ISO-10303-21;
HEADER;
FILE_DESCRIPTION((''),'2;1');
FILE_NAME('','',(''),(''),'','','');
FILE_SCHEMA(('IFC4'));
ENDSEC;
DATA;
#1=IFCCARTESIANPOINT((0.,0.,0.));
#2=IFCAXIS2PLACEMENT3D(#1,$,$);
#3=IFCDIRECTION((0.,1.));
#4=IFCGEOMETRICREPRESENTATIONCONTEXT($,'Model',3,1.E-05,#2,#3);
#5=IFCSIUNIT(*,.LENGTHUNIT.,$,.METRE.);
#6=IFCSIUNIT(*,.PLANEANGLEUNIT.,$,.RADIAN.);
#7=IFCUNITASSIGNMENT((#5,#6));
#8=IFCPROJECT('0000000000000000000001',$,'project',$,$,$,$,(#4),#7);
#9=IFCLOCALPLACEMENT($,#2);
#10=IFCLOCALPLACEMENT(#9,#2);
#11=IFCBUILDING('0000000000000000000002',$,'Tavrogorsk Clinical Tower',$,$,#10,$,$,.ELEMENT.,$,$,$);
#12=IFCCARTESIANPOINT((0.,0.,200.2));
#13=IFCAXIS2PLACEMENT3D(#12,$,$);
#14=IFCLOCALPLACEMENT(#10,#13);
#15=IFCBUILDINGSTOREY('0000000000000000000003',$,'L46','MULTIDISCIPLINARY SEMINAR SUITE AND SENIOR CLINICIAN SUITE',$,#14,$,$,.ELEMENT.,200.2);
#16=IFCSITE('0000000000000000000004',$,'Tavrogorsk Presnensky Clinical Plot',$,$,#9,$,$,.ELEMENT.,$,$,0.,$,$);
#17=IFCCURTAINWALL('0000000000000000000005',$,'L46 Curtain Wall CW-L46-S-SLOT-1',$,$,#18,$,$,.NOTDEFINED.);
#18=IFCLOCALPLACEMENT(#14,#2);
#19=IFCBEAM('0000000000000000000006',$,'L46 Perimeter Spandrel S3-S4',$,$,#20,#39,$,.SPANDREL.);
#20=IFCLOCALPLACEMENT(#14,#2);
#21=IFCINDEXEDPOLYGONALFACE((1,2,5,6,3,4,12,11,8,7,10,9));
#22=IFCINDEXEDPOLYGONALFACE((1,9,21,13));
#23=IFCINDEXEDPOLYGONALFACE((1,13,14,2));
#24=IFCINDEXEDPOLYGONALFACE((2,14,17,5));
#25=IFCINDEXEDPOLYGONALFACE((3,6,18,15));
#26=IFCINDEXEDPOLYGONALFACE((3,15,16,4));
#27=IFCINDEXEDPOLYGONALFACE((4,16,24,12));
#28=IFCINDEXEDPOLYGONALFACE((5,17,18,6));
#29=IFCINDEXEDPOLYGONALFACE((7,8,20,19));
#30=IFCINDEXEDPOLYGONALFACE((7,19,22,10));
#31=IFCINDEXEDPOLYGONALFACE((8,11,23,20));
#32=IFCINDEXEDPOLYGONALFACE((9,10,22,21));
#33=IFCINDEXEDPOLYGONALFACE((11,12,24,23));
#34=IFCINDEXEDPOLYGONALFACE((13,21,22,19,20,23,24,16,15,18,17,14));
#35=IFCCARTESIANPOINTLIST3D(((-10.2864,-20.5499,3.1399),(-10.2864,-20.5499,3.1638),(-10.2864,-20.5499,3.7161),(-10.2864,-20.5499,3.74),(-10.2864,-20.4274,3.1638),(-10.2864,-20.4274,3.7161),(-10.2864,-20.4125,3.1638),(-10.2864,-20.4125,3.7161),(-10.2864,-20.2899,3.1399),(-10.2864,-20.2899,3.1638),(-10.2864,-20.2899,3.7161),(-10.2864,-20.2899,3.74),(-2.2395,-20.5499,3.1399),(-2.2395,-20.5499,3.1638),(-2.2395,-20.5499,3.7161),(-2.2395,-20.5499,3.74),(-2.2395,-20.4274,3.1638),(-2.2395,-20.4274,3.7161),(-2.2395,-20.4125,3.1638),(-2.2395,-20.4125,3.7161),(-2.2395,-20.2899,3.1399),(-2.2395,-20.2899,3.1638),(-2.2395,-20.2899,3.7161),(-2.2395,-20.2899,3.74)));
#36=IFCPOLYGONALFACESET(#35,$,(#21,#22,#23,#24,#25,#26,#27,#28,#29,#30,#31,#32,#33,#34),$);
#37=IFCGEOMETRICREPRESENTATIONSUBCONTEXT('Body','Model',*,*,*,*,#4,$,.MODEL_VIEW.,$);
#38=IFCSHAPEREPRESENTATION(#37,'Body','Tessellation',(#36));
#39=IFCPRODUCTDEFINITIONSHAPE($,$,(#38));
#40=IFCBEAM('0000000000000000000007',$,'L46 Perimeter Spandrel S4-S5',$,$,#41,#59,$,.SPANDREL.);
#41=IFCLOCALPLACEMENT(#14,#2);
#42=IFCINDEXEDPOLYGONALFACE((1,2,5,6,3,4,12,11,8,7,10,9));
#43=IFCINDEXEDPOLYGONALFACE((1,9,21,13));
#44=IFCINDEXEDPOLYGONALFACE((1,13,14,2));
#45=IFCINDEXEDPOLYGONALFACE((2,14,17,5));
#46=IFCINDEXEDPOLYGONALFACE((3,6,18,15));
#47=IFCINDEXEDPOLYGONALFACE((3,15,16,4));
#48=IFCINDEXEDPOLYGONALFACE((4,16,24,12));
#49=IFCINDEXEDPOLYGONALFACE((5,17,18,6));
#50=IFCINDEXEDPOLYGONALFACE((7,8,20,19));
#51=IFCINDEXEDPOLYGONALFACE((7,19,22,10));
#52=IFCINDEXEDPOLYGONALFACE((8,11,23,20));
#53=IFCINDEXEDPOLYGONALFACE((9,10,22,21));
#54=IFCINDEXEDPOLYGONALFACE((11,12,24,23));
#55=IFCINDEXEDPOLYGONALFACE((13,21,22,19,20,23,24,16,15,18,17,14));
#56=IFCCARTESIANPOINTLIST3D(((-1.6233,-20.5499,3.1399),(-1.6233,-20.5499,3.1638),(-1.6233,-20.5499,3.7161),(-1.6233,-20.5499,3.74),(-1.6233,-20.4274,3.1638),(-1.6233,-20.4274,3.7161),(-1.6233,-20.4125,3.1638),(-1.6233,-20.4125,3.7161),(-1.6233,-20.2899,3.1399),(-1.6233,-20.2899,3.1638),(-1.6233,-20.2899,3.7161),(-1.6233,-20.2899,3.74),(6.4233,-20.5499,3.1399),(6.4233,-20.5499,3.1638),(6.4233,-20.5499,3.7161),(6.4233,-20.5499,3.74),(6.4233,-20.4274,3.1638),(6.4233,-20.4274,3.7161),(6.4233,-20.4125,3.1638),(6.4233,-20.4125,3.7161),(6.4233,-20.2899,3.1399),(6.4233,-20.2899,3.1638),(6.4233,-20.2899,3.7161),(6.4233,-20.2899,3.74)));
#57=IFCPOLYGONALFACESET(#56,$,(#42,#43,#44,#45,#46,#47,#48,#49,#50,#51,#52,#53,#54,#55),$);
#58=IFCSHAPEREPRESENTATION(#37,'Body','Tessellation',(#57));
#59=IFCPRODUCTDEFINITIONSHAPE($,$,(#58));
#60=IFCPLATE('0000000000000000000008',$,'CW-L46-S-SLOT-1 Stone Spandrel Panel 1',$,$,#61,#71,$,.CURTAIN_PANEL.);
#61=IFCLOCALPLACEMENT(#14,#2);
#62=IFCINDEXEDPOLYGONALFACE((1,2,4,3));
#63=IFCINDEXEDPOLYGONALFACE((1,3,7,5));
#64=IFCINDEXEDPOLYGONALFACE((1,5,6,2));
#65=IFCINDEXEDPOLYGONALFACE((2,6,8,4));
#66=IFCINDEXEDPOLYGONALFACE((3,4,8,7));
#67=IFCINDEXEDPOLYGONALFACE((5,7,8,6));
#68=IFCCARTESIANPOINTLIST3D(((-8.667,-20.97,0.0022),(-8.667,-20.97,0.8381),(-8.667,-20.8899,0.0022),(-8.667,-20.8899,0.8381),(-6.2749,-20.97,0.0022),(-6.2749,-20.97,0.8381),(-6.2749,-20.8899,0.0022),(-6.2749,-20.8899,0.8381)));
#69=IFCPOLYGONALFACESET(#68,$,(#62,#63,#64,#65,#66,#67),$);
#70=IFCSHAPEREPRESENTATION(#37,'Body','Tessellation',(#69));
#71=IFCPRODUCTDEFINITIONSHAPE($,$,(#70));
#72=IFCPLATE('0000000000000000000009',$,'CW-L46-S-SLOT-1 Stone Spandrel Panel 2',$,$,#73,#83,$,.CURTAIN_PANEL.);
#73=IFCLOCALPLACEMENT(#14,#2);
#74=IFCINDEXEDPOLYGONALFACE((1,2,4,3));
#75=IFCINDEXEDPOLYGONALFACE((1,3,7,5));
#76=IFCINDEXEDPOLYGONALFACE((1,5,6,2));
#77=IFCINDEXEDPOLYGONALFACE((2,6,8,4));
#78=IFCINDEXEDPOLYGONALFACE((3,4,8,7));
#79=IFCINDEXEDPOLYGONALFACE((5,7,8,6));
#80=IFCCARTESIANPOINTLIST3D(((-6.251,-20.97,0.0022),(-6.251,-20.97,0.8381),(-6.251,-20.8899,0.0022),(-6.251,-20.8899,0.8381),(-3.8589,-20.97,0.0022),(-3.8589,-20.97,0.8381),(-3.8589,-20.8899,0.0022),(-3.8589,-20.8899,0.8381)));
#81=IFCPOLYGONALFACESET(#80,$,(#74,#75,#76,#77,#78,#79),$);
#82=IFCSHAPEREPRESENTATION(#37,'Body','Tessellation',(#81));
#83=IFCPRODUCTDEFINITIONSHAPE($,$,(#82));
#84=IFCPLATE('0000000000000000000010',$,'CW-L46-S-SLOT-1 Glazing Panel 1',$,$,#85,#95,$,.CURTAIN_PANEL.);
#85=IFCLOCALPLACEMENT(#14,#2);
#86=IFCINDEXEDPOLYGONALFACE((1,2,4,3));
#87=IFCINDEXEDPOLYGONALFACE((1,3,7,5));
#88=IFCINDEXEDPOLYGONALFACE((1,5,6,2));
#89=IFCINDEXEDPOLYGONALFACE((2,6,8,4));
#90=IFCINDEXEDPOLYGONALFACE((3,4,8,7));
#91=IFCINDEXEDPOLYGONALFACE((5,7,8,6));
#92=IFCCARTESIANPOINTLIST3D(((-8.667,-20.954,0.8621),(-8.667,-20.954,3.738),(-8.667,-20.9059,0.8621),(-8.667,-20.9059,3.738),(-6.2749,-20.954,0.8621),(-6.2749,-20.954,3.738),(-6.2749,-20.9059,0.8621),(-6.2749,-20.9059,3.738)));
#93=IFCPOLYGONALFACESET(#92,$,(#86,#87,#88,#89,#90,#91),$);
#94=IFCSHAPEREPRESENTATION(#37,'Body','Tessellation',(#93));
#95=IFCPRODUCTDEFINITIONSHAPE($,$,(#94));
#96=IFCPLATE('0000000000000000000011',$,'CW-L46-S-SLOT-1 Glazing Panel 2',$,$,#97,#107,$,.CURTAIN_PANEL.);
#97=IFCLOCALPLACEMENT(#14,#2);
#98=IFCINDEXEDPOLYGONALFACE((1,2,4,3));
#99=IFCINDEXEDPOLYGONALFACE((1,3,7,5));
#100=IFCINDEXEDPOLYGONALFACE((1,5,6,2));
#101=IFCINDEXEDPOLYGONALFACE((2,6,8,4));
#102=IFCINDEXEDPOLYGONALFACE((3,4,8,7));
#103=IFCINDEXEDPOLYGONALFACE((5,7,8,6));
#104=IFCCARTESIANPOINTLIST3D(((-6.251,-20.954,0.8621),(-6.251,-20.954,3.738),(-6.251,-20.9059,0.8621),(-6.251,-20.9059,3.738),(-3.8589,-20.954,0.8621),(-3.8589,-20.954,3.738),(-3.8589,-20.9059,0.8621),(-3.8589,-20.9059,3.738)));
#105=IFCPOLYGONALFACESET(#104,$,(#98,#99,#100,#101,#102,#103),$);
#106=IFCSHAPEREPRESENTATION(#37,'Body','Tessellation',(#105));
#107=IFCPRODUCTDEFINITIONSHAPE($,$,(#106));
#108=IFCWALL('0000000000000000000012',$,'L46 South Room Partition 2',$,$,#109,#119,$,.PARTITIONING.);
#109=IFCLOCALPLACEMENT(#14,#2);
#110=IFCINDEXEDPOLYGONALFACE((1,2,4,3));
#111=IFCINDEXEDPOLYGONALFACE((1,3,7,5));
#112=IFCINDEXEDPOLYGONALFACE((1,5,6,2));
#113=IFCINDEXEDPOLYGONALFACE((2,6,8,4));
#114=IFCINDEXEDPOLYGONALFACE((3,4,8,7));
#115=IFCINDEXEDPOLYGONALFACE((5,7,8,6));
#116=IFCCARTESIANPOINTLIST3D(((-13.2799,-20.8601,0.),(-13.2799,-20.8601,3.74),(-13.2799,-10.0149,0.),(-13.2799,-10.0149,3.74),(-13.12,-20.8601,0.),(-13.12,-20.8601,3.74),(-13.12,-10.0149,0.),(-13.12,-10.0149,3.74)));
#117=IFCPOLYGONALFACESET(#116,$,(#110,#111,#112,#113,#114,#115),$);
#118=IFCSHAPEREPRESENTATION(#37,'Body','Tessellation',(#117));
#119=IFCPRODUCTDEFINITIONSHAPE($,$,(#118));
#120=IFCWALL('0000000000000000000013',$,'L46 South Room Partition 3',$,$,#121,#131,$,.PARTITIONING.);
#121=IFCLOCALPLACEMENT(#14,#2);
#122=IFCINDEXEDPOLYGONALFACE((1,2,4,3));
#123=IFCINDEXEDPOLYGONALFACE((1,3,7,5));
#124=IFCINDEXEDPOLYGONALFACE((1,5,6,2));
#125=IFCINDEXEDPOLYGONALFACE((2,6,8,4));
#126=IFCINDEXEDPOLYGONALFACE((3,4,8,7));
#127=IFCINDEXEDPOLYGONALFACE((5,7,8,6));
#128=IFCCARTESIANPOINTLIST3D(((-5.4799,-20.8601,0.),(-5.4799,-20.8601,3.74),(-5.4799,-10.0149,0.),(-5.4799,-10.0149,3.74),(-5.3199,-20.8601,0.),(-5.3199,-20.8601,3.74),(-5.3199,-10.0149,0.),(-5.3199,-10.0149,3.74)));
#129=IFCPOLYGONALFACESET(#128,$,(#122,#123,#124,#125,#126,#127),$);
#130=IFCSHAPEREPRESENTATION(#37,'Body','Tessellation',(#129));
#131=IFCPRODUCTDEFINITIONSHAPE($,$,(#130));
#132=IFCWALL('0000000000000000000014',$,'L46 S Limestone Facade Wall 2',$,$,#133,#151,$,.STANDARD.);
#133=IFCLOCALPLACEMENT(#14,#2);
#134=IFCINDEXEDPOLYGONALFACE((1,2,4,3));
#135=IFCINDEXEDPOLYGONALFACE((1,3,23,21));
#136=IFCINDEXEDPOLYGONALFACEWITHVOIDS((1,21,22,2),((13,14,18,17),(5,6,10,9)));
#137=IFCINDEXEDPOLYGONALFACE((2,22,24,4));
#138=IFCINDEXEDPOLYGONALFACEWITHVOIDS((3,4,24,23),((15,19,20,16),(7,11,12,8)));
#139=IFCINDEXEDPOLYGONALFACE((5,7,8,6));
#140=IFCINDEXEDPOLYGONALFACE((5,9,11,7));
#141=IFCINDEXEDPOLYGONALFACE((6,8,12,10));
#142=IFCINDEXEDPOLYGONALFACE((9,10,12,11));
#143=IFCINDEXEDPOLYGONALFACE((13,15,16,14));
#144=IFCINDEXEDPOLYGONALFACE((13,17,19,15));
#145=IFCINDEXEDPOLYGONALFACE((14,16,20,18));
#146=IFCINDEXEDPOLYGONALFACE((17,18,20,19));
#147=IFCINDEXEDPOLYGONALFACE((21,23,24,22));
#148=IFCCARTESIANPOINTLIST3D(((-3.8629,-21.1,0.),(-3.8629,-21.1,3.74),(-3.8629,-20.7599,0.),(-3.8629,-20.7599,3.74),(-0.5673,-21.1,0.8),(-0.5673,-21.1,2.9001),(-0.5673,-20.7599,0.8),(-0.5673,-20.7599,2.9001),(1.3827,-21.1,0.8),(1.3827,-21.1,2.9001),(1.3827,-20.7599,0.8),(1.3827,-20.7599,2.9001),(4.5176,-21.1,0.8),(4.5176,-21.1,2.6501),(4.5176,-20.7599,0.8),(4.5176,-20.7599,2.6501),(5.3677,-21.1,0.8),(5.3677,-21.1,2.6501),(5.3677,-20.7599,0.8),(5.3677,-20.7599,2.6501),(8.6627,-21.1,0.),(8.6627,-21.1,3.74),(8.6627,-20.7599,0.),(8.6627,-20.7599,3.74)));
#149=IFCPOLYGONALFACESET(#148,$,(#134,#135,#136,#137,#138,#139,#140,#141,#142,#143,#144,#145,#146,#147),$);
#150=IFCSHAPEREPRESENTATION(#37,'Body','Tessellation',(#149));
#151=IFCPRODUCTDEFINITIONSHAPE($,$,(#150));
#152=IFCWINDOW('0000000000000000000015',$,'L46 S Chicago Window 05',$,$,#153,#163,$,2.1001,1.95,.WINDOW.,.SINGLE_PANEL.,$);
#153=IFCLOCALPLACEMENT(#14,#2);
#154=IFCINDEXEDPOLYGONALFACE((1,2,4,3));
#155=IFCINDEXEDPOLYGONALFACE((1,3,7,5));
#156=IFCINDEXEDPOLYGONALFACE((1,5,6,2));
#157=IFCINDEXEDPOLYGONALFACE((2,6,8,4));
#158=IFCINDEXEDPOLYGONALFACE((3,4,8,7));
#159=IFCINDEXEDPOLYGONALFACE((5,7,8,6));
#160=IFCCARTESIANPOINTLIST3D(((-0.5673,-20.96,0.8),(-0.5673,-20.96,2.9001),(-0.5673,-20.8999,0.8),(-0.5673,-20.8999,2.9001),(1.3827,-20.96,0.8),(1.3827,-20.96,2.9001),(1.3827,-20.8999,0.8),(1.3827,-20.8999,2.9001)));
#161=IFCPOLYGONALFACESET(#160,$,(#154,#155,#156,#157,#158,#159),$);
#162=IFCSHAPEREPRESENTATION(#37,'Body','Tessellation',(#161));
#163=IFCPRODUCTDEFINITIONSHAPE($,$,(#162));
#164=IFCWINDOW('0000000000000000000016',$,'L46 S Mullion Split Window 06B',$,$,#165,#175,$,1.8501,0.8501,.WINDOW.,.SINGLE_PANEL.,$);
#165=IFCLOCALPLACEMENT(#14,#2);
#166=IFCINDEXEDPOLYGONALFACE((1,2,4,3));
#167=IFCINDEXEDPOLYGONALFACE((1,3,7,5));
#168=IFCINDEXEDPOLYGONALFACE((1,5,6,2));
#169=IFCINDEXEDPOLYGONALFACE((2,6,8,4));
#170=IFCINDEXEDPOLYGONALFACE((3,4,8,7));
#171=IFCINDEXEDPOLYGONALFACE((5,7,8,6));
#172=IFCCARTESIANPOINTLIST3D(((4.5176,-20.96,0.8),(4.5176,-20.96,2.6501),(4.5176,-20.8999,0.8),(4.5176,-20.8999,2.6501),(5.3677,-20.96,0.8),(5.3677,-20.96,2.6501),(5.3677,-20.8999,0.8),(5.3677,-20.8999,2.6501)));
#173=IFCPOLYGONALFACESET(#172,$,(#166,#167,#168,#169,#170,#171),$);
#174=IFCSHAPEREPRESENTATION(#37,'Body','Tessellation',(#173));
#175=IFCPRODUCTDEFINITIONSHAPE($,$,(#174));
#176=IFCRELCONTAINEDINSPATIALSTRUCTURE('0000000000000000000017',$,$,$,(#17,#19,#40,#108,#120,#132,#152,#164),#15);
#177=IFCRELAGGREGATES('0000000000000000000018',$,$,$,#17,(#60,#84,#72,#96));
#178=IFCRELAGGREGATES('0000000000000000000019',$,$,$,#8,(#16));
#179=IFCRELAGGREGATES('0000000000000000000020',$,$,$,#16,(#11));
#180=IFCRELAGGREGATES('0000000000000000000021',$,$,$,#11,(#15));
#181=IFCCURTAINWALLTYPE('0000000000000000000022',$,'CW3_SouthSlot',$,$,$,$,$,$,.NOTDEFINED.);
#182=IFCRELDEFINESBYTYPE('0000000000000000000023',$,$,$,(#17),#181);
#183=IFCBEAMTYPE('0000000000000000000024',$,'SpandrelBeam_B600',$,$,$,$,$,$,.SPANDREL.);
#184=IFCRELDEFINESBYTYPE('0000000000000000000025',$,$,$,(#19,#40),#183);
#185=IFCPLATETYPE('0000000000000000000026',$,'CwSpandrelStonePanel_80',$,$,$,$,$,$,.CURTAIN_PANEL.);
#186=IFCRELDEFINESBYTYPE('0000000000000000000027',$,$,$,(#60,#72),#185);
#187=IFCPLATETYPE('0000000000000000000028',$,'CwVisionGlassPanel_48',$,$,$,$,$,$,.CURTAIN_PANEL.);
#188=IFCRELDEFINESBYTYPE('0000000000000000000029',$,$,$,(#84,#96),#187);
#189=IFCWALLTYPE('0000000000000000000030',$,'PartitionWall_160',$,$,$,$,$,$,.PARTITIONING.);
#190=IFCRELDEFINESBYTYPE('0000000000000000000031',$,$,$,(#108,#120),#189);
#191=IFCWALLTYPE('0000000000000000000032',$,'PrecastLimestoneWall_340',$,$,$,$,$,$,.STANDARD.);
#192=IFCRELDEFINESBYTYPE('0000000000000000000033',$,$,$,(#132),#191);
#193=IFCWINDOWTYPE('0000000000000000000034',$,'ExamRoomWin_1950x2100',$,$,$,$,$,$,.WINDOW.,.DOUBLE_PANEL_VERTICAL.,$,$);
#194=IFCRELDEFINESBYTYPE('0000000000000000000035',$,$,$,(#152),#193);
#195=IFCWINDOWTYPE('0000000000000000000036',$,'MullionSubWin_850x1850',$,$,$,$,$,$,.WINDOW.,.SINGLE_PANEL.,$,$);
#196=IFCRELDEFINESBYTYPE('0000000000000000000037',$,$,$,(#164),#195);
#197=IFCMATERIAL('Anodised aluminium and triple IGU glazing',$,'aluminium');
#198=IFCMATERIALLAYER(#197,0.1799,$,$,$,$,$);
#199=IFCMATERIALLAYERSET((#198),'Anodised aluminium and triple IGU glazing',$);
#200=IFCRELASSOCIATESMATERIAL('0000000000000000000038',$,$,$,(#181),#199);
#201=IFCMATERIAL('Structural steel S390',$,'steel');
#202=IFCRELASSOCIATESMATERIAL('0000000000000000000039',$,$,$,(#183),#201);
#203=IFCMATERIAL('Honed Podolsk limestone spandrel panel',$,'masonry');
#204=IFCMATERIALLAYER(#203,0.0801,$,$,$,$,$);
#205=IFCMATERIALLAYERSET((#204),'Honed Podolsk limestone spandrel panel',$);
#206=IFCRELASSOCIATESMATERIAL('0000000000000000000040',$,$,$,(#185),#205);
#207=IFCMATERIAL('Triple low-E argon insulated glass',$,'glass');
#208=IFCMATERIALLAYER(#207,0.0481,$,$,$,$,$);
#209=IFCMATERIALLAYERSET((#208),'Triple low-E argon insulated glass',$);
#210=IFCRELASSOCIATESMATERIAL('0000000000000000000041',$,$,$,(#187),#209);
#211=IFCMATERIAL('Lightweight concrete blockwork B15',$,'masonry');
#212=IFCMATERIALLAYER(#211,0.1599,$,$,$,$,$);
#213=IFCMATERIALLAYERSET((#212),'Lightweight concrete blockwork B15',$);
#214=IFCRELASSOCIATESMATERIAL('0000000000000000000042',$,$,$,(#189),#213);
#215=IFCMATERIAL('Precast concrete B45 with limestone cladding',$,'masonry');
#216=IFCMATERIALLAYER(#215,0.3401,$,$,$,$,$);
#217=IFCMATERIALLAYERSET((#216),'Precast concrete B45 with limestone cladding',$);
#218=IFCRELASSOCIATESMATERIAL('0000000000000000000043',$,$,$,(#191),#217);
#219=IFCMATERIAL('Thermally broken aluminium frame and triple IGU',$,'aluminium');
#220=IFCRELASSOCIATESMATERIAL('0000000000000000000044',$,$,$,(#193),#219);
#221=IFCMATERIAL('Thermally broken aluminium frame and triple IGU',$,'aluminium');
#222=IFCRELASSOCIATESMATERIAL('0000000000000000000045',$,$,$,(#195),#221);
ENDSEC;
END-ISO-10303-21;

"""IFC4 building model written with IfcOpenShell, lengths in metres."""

from ifc_helpers import new_model, si_unit, direction, frame, frame_2d, origin, origin_2d, place, context, subcontext, project, spatial, rectangle, i_section, extrude, material, layer, layer_set, material_profile, profile_set, type_object, element, fill, aggregate, save


model = new_model("IFC4")

# Units and contexts
model_context = context("Model", 3, precision=1e-05, world=origin(), true_north=direction((0.0, 1.0)))
body_context = subcontext(model_context, "Body", "Model", "MODEL_VIEW")
ifc_project = project(units=[si_unit("LENGTHUNIT", "METRE"), si_unit("PLANEANGLEUNIT", "RADIAN")], contexts=[model_context])

# Site, building, storey
site_placement = place(None, origin())
site = spatial("IfcSite", under=ifc_project, at=site_placement, Name="Tavrogorsk Presnensky Clinical Plot", CompositionType="ELEMENT", RefElevation=0.0)
building_placement = place(site_placement, origin())
building = spatial("IfcBuilding", under=site, at=building_placement, Name="Tavrogorsk Clinical Tower", CompositionType="ELEMENT")
storey_placement = place(building_placement, frame((0.0, 0.0, 200.2)))
storey = spatial("IfcBuildingStorey", under=building, at=storey_placement, Name="L46", Description="MULTIDISCIPLINARY SEMINAR SUITE AND SENIOR CLINICIAN SUITE", CompositionType="ELEMENT", Elevation=200.2)

# Curtain wall
ifc_material_1 = material(Name="Anodised aluminium and triple IGU glazing", Category="aluminium")
ifc_layer_1 = layer(ifc_material_1, 0.1799)
ifc_layer_set_1 = layer_set([ifc_layer_1], Name="Anodised aluminium and triple IGU glazing")
curtain_wall_type = type_object("IfcCurtainWallType", Name="CW3_SouthSlot", PredefinedType="NOTDEFINED", material=ifc_layer_set_1)
curtain_wall_placement = place(storey_placement, origin())
curtain_wall = element("IfcCurtainWall", 1, at=curtain_wall_placement, inside=storey, type_object=curtain_wall_type, Name="L46 Curtain Wall CW-L46-S-SLOT-1", PredefinedType="NOTDEFINED")

# Beams
ifc_material_2 = material(Name="Structural steel S390", Category="steel")
ifc_material_profile_1 = material_profile(ifc_material_2, i_section(OverallWidth=0.26, OverallDepth=0.6001, WebThickness=0.0149, FlangeThickness=0.0239, at=origin_2d()), Name="B-600x260x15x24")
ifc_profile_set_1 = profile_set([ifc_material_profile_1], Name="Structural steel S390")
beam_type_1 = type_object("IfcBeamType", Name="SpandrelBeam_B600", PredefinedType="SPANDREL", material=ifc_profile_set_1)
beam_1_placement = place(storey_placement, frame((-10.2864, -20.4199, 3.4399), z_axis=(1.0, 0.0, 0.0), x_axis=(0.0, 1.0, 0.0)))
element("IfcBeam", 2, at=beam_1_placement, inside=storey, type_object=beam_type_1, Name="L46 Perimeter Spandrel S3-S4", PredefinedType="SPANDREL", context=body_context, shape_type="SweptSolid", body=[
    extrude(i_section(OverallWidth=0.26, OverallDepth=0.6001, WebThickness=0.0149, FlangeThickness=0.0239, at=origin_2d()), origin(), (0.0, 0.0, 1.0), 8.0469),
])
beam_2_placement = place(storey_placement, frame((-1.6233, -20.4199, 3.4399), z_axis=(1.0, 0.0, 0.0), x_axis=(0.0, 1.0, 0.0)))
element("IfcBeam", 3, at=beam_2_placement, inside=storey, type_object=beam_type_1, Name="L46 Perimeter Spandrel S4-S5", PredefinedType="SPANDREL", context=body_context, shape_type="SweptSolid", body=[
    extrude(i_section(OverallWidth=0.26, OverallDepth=0.6001, WebThickness=0.0149, FlangeThickness=0.0239, at=origin_2d()), origin(), (0.0, 0.0, 1.0), 8.0466),
])

# Plates
ifc_material_3 = material(Name="Honed Podolsk limestone spandrel panel", Category="masonry")
ifc_layer_2 = layer(ifc_material_3, 0.0801)
ifc_layer_set_2 = layer_set([ifc_layer_2], Name="Honed Podolsk limestone spandrel panel")
plate_type_1 = type_object("IfcPlateType", Name="CwSpandrelStonePanel_80", PredefinedType="CURTAIN_PANEL", material=ifc_layer_set_2)
plate_1_placement = place(storey_placement, frame((-7.4709, -20.9299, 0.0022), z_axis=(0.0, 0.0, 1.0), x_axis=(1.0, 0.0, 0.0)))
plate_1 = element("IfcPlate", 4, at=plate_1_placement, type_object=plate_type_1, Name="CW-L46-S-SLOT-1 Stone Spandrel Panel 1", PredefinedType="CURTAIN_PANEL", context=body_context, shape_type="SweptSolid", body=[
    extrude(rectangle(XDim=2.3921, YDim=0.0801, at=origin_2d()), origin(), (0.0, 0.0, 1.0), 0.8359),
])
plate_2_placement = place(storey_placement, frame((-5.0549, -20.9299, 0.0022), z_axis=(0.0, 0.0, 1.0), x_axis=(1.0, 0.0, 0.0)))
plate_2 = element("IfcPlate", 5, at=plate_2_placement, type_object=plate_type_1, Name="CW-L46-S-SLOT-1 Stone Spandrel Panel 2", PredefinedType="CURTAIN_PANEL", context=body_context, shape_type="SweptSolid", body=[
    extrude(rectangle(XDim=2.3921, YDim=0.0801, at=origin_2d()), origin(), (0.0, 0.0, 1.0), 0.8359),
])
ifc_material_4 = material(Name="Triple low-E argon insulated glass", Category="glass")
ifc_layer_3 = layer(ifc_material_4, 0.0481)
ifc_layer_set_3 = layer_set([ifc_layer_3], Name="Triple low-E argon insulated glass")
plate_type_2 = type_object("IfcPlateType", Name="CwVisionGlassPanel_48", PredefinedType="CURTAIN_PANEL", material=ifc_layer_set_3)
plate_3_placement = place(storey_placement, frame((-7.4709, -20.9299, 0.8621), z_axis=(0.0, 0.0, 1.0), x_axis=(1.0, 0.0, 0.0)))
plate_3 = element("IfcPlate", 6, at=plate_3_placement, type_object=plate_type_2, Name="CW-L46-S-SLOT-1 Glazing Panel 1", PredefinedType="CURTAIN_PANEL", context=body_context, shape_type="SweptSolid", body=[
    extrude(rectangle(XDim=2.3921, YDim=0.0481, at=origin_2d()), origin(), (0.0, 0.0, 1.0), 2.876),
])
plate_4_placement = place(storey_placement, frame((-5.0549, -20.9299, 0.8621), z_axis=(0.0, 0.0, 1.0), x_axis=(1.0, 0.0, 0.0)))
plate_4 = element("IfcPlate", 7, at=plate_4_placement, type_object=plate_type_2, Name="CW-L46-S-SLOT-1 Glazing Panel 2", PredefinedType="CURTAIN_PANEL", context=body_context, shape_type="SweptSolid", body=[
    extrude(rectangle(XDim=2.3921, YDim=0.0481, at=origin_2d()), origin(), (0.0, 0.0, 1.0), 2.876),
])
aggregate(curtain_wall, [plate_1, plate_3, plate_2, plate_4])

# Walls
ifc_material_5 = material(Name="Lightweight concrete blockwork B15", Category="masonry")
ifc_layer_4 = layer(ifc_material_5, 0.1599)
ifc_layer_set_4 = layer_set([ifc_layer_4], Name="Lightweight concrete blockwork B15")
wall_type_1 = type_object("IfcWallType", Name="PartitionWall_160", PredefinedType="PARTITIONING", material=ifc_layer_set_4)
for number, where, z_axis, x_axis, name in (
    (8, (-13.2, -20.8601, 0.0), (0.0, 0.0, 1.0), (0.0, 1.0, 0.0), "L46 South Room Partition 2"),
    (9, (-5.3999, -20.8601, 0.0), (0.0, 0.0, 1.0), (0.0, 1.0, 0.0), "L46 South Room Partition 3"),
):
    element("IfcWall", number, at=place(storey_placement, frame(where, z_axis=z_axis, x_axis=x_axis)), inside=storey, type_object=wall_type_1, Name=name, PredefinedType="PARTITIONING", context=body_context, shape_type="SweptSolid", body=[
        extrude(rectangle(XDim=10.8452, YDim=0.1599, at=frame_2d((5.4226, 0.0))), origin(), (0.0, 0.0, 1.0), 3.74),
    ])

# Wall, openings, windows
ifc_material_6 = material(Name="Precast concrete B45 with limestone cladding", Category="masonry")
ifc_layer_5 = layer(ifc_material_6, 0.3401)
ifc_layer_set_5 = layer_set([ifc_layer_5], Name="Precast concrete B45 with limestone cladding")
wall_type_2 = type_object("IfcWallType", Name="PrecastLimestoneWall_340", PredefinedType="STANDARD", material=ifc_layer_set_5)
wall_placement = place(storey_placement, frame((-3.8628, -20.9299, 0.0), z_axis=(0.0, 0.0, 1.0), x_axis=(1.0, 0.0, 0.0)))
wall = element("IfcWall", 10, at=wall_placement, inside=storey, type_object=wall_type_2, Name="L46 S Limestone Facade Wall 2", PredefinedType="STANDARD", context=body_context, shape_type="SweptSolid", body=[
    extrude(rectangle(XDim=12.5256, YDim=0.3401, at=frame_2d((6.2627, 0.0))), origin(), (0.0, 0.0, 1.0), 3.74),
])
opening_1_placement = place(wall_placement, frame((3.2954, 0.0, 0.8)))
opening_1 = element("IfcOpeningElement", 11, at=opening_1_placement, cuts=wall, PredefinedType="OPENING", context=body_context, shape_type="SweptSolid", body=[
    extrude(rectangle(XDim=1.95, YDim=2.1001, at=frame_2d((0.9751, 1.05))), frame((0.0, 0.1799, 0.0), z_axis=(0.0, -1.0, 0.0), x_axis=(1.0, 0.0, 0.0)), (0.0, 0.0, 1.0), 0.3601),
])
opening_2_placement = place(wall_placement, frame((8.3804, 0.0, 0.8)))
opening_2 = element("IfcOpeningElement", 12, at=opening_2_placement, cuts=wall, PredefinedType="OPENING", context=body_context, shape_type="SweptSolid", body=[
    extrude(rectangle(XDim=0.8501, YDim=1.8501, at=frame_2d((0.425, 0.925))), frame((0.0, 0.1799, 0.0), z_axis=(0.0, -1.0, 0.0), x_axis=(1.0, 0.0, 0.0)), (0.0, 0.0, 1.0), 0.3601),
])
ifc_material_7 = material(Name="Thermally broken aluminium frame and triple IGU", Category="aluminium")
window_type_1 = type_object("IfcWindowType", Name="ExamRoomWin_1950x2100", PartitioningType="DOUBLE_PANEL_VERTICAL", PredefinedType="WINDOW", material=ifc_material_7)
window_1_placement = place(opening_1_placement, origin())
window_1 = element("IfcWindow", 13, at=window_1_placement, inside=storey, type_object=window_type_1, Name="L46 S Chicago Window 05", OverallHeight=2.1001, OverallWidth=1.95, PartitioningType="SINGLE_PANEL", PredefinedType="WINDOW", context=body_context, shape_type="SweptSolid", body=[
    extrude(rectangle(XDim=1.95, YDim=2.1001, at=frame_2d((0.9751, 1.05))), frame((0.0, 0.03, 0.0), z_axis=(0.0, -1.0, 0.0), x_axis=(1.0, 0.0, 0.0)), (0.0, 0.0, 1.0), 0.0601),
])
fill(opening_1, window_1)
ifc_material_8 = material(Name="Thermally broken aluminium frame and triple IGU", Category="aluminium")
window_type_2 = type_object("IfcWindowType", Name="MullionSubWin_850x1850", PartitioningType="SINGLE_PANEL", PredefinedType="WINDOW", material=ifc_material_8)
window_2_placement = place(opening_2_placement, origin())
window_2 = element("IfcWindow", 14, at=window_2_placement, inside=storey, type_object=window_type_2, Name="L46 S Mullion Split Window 06B", OverallHeight=1.8501, OverallWidth=0.8501, PartitioningType="SINGLE_PANEL", PredefinedType="WINDOW", context=body_context, shape_type="SweptSolid", body=[
    extrude(rectangle(XDim=0.8501, YDim=1.8501, at=frame_2d((0.425, 0.925))), frame((0.0, 0.03, 0.0), z_axis=(0.0, -1.0, 0.0), x_axis=(1.0, 0.0, 0.0)), (0.0, 0.0, 1.0), 0.0601),
])
fill(opening_2, window_2)

save(model, "model.ifc")
